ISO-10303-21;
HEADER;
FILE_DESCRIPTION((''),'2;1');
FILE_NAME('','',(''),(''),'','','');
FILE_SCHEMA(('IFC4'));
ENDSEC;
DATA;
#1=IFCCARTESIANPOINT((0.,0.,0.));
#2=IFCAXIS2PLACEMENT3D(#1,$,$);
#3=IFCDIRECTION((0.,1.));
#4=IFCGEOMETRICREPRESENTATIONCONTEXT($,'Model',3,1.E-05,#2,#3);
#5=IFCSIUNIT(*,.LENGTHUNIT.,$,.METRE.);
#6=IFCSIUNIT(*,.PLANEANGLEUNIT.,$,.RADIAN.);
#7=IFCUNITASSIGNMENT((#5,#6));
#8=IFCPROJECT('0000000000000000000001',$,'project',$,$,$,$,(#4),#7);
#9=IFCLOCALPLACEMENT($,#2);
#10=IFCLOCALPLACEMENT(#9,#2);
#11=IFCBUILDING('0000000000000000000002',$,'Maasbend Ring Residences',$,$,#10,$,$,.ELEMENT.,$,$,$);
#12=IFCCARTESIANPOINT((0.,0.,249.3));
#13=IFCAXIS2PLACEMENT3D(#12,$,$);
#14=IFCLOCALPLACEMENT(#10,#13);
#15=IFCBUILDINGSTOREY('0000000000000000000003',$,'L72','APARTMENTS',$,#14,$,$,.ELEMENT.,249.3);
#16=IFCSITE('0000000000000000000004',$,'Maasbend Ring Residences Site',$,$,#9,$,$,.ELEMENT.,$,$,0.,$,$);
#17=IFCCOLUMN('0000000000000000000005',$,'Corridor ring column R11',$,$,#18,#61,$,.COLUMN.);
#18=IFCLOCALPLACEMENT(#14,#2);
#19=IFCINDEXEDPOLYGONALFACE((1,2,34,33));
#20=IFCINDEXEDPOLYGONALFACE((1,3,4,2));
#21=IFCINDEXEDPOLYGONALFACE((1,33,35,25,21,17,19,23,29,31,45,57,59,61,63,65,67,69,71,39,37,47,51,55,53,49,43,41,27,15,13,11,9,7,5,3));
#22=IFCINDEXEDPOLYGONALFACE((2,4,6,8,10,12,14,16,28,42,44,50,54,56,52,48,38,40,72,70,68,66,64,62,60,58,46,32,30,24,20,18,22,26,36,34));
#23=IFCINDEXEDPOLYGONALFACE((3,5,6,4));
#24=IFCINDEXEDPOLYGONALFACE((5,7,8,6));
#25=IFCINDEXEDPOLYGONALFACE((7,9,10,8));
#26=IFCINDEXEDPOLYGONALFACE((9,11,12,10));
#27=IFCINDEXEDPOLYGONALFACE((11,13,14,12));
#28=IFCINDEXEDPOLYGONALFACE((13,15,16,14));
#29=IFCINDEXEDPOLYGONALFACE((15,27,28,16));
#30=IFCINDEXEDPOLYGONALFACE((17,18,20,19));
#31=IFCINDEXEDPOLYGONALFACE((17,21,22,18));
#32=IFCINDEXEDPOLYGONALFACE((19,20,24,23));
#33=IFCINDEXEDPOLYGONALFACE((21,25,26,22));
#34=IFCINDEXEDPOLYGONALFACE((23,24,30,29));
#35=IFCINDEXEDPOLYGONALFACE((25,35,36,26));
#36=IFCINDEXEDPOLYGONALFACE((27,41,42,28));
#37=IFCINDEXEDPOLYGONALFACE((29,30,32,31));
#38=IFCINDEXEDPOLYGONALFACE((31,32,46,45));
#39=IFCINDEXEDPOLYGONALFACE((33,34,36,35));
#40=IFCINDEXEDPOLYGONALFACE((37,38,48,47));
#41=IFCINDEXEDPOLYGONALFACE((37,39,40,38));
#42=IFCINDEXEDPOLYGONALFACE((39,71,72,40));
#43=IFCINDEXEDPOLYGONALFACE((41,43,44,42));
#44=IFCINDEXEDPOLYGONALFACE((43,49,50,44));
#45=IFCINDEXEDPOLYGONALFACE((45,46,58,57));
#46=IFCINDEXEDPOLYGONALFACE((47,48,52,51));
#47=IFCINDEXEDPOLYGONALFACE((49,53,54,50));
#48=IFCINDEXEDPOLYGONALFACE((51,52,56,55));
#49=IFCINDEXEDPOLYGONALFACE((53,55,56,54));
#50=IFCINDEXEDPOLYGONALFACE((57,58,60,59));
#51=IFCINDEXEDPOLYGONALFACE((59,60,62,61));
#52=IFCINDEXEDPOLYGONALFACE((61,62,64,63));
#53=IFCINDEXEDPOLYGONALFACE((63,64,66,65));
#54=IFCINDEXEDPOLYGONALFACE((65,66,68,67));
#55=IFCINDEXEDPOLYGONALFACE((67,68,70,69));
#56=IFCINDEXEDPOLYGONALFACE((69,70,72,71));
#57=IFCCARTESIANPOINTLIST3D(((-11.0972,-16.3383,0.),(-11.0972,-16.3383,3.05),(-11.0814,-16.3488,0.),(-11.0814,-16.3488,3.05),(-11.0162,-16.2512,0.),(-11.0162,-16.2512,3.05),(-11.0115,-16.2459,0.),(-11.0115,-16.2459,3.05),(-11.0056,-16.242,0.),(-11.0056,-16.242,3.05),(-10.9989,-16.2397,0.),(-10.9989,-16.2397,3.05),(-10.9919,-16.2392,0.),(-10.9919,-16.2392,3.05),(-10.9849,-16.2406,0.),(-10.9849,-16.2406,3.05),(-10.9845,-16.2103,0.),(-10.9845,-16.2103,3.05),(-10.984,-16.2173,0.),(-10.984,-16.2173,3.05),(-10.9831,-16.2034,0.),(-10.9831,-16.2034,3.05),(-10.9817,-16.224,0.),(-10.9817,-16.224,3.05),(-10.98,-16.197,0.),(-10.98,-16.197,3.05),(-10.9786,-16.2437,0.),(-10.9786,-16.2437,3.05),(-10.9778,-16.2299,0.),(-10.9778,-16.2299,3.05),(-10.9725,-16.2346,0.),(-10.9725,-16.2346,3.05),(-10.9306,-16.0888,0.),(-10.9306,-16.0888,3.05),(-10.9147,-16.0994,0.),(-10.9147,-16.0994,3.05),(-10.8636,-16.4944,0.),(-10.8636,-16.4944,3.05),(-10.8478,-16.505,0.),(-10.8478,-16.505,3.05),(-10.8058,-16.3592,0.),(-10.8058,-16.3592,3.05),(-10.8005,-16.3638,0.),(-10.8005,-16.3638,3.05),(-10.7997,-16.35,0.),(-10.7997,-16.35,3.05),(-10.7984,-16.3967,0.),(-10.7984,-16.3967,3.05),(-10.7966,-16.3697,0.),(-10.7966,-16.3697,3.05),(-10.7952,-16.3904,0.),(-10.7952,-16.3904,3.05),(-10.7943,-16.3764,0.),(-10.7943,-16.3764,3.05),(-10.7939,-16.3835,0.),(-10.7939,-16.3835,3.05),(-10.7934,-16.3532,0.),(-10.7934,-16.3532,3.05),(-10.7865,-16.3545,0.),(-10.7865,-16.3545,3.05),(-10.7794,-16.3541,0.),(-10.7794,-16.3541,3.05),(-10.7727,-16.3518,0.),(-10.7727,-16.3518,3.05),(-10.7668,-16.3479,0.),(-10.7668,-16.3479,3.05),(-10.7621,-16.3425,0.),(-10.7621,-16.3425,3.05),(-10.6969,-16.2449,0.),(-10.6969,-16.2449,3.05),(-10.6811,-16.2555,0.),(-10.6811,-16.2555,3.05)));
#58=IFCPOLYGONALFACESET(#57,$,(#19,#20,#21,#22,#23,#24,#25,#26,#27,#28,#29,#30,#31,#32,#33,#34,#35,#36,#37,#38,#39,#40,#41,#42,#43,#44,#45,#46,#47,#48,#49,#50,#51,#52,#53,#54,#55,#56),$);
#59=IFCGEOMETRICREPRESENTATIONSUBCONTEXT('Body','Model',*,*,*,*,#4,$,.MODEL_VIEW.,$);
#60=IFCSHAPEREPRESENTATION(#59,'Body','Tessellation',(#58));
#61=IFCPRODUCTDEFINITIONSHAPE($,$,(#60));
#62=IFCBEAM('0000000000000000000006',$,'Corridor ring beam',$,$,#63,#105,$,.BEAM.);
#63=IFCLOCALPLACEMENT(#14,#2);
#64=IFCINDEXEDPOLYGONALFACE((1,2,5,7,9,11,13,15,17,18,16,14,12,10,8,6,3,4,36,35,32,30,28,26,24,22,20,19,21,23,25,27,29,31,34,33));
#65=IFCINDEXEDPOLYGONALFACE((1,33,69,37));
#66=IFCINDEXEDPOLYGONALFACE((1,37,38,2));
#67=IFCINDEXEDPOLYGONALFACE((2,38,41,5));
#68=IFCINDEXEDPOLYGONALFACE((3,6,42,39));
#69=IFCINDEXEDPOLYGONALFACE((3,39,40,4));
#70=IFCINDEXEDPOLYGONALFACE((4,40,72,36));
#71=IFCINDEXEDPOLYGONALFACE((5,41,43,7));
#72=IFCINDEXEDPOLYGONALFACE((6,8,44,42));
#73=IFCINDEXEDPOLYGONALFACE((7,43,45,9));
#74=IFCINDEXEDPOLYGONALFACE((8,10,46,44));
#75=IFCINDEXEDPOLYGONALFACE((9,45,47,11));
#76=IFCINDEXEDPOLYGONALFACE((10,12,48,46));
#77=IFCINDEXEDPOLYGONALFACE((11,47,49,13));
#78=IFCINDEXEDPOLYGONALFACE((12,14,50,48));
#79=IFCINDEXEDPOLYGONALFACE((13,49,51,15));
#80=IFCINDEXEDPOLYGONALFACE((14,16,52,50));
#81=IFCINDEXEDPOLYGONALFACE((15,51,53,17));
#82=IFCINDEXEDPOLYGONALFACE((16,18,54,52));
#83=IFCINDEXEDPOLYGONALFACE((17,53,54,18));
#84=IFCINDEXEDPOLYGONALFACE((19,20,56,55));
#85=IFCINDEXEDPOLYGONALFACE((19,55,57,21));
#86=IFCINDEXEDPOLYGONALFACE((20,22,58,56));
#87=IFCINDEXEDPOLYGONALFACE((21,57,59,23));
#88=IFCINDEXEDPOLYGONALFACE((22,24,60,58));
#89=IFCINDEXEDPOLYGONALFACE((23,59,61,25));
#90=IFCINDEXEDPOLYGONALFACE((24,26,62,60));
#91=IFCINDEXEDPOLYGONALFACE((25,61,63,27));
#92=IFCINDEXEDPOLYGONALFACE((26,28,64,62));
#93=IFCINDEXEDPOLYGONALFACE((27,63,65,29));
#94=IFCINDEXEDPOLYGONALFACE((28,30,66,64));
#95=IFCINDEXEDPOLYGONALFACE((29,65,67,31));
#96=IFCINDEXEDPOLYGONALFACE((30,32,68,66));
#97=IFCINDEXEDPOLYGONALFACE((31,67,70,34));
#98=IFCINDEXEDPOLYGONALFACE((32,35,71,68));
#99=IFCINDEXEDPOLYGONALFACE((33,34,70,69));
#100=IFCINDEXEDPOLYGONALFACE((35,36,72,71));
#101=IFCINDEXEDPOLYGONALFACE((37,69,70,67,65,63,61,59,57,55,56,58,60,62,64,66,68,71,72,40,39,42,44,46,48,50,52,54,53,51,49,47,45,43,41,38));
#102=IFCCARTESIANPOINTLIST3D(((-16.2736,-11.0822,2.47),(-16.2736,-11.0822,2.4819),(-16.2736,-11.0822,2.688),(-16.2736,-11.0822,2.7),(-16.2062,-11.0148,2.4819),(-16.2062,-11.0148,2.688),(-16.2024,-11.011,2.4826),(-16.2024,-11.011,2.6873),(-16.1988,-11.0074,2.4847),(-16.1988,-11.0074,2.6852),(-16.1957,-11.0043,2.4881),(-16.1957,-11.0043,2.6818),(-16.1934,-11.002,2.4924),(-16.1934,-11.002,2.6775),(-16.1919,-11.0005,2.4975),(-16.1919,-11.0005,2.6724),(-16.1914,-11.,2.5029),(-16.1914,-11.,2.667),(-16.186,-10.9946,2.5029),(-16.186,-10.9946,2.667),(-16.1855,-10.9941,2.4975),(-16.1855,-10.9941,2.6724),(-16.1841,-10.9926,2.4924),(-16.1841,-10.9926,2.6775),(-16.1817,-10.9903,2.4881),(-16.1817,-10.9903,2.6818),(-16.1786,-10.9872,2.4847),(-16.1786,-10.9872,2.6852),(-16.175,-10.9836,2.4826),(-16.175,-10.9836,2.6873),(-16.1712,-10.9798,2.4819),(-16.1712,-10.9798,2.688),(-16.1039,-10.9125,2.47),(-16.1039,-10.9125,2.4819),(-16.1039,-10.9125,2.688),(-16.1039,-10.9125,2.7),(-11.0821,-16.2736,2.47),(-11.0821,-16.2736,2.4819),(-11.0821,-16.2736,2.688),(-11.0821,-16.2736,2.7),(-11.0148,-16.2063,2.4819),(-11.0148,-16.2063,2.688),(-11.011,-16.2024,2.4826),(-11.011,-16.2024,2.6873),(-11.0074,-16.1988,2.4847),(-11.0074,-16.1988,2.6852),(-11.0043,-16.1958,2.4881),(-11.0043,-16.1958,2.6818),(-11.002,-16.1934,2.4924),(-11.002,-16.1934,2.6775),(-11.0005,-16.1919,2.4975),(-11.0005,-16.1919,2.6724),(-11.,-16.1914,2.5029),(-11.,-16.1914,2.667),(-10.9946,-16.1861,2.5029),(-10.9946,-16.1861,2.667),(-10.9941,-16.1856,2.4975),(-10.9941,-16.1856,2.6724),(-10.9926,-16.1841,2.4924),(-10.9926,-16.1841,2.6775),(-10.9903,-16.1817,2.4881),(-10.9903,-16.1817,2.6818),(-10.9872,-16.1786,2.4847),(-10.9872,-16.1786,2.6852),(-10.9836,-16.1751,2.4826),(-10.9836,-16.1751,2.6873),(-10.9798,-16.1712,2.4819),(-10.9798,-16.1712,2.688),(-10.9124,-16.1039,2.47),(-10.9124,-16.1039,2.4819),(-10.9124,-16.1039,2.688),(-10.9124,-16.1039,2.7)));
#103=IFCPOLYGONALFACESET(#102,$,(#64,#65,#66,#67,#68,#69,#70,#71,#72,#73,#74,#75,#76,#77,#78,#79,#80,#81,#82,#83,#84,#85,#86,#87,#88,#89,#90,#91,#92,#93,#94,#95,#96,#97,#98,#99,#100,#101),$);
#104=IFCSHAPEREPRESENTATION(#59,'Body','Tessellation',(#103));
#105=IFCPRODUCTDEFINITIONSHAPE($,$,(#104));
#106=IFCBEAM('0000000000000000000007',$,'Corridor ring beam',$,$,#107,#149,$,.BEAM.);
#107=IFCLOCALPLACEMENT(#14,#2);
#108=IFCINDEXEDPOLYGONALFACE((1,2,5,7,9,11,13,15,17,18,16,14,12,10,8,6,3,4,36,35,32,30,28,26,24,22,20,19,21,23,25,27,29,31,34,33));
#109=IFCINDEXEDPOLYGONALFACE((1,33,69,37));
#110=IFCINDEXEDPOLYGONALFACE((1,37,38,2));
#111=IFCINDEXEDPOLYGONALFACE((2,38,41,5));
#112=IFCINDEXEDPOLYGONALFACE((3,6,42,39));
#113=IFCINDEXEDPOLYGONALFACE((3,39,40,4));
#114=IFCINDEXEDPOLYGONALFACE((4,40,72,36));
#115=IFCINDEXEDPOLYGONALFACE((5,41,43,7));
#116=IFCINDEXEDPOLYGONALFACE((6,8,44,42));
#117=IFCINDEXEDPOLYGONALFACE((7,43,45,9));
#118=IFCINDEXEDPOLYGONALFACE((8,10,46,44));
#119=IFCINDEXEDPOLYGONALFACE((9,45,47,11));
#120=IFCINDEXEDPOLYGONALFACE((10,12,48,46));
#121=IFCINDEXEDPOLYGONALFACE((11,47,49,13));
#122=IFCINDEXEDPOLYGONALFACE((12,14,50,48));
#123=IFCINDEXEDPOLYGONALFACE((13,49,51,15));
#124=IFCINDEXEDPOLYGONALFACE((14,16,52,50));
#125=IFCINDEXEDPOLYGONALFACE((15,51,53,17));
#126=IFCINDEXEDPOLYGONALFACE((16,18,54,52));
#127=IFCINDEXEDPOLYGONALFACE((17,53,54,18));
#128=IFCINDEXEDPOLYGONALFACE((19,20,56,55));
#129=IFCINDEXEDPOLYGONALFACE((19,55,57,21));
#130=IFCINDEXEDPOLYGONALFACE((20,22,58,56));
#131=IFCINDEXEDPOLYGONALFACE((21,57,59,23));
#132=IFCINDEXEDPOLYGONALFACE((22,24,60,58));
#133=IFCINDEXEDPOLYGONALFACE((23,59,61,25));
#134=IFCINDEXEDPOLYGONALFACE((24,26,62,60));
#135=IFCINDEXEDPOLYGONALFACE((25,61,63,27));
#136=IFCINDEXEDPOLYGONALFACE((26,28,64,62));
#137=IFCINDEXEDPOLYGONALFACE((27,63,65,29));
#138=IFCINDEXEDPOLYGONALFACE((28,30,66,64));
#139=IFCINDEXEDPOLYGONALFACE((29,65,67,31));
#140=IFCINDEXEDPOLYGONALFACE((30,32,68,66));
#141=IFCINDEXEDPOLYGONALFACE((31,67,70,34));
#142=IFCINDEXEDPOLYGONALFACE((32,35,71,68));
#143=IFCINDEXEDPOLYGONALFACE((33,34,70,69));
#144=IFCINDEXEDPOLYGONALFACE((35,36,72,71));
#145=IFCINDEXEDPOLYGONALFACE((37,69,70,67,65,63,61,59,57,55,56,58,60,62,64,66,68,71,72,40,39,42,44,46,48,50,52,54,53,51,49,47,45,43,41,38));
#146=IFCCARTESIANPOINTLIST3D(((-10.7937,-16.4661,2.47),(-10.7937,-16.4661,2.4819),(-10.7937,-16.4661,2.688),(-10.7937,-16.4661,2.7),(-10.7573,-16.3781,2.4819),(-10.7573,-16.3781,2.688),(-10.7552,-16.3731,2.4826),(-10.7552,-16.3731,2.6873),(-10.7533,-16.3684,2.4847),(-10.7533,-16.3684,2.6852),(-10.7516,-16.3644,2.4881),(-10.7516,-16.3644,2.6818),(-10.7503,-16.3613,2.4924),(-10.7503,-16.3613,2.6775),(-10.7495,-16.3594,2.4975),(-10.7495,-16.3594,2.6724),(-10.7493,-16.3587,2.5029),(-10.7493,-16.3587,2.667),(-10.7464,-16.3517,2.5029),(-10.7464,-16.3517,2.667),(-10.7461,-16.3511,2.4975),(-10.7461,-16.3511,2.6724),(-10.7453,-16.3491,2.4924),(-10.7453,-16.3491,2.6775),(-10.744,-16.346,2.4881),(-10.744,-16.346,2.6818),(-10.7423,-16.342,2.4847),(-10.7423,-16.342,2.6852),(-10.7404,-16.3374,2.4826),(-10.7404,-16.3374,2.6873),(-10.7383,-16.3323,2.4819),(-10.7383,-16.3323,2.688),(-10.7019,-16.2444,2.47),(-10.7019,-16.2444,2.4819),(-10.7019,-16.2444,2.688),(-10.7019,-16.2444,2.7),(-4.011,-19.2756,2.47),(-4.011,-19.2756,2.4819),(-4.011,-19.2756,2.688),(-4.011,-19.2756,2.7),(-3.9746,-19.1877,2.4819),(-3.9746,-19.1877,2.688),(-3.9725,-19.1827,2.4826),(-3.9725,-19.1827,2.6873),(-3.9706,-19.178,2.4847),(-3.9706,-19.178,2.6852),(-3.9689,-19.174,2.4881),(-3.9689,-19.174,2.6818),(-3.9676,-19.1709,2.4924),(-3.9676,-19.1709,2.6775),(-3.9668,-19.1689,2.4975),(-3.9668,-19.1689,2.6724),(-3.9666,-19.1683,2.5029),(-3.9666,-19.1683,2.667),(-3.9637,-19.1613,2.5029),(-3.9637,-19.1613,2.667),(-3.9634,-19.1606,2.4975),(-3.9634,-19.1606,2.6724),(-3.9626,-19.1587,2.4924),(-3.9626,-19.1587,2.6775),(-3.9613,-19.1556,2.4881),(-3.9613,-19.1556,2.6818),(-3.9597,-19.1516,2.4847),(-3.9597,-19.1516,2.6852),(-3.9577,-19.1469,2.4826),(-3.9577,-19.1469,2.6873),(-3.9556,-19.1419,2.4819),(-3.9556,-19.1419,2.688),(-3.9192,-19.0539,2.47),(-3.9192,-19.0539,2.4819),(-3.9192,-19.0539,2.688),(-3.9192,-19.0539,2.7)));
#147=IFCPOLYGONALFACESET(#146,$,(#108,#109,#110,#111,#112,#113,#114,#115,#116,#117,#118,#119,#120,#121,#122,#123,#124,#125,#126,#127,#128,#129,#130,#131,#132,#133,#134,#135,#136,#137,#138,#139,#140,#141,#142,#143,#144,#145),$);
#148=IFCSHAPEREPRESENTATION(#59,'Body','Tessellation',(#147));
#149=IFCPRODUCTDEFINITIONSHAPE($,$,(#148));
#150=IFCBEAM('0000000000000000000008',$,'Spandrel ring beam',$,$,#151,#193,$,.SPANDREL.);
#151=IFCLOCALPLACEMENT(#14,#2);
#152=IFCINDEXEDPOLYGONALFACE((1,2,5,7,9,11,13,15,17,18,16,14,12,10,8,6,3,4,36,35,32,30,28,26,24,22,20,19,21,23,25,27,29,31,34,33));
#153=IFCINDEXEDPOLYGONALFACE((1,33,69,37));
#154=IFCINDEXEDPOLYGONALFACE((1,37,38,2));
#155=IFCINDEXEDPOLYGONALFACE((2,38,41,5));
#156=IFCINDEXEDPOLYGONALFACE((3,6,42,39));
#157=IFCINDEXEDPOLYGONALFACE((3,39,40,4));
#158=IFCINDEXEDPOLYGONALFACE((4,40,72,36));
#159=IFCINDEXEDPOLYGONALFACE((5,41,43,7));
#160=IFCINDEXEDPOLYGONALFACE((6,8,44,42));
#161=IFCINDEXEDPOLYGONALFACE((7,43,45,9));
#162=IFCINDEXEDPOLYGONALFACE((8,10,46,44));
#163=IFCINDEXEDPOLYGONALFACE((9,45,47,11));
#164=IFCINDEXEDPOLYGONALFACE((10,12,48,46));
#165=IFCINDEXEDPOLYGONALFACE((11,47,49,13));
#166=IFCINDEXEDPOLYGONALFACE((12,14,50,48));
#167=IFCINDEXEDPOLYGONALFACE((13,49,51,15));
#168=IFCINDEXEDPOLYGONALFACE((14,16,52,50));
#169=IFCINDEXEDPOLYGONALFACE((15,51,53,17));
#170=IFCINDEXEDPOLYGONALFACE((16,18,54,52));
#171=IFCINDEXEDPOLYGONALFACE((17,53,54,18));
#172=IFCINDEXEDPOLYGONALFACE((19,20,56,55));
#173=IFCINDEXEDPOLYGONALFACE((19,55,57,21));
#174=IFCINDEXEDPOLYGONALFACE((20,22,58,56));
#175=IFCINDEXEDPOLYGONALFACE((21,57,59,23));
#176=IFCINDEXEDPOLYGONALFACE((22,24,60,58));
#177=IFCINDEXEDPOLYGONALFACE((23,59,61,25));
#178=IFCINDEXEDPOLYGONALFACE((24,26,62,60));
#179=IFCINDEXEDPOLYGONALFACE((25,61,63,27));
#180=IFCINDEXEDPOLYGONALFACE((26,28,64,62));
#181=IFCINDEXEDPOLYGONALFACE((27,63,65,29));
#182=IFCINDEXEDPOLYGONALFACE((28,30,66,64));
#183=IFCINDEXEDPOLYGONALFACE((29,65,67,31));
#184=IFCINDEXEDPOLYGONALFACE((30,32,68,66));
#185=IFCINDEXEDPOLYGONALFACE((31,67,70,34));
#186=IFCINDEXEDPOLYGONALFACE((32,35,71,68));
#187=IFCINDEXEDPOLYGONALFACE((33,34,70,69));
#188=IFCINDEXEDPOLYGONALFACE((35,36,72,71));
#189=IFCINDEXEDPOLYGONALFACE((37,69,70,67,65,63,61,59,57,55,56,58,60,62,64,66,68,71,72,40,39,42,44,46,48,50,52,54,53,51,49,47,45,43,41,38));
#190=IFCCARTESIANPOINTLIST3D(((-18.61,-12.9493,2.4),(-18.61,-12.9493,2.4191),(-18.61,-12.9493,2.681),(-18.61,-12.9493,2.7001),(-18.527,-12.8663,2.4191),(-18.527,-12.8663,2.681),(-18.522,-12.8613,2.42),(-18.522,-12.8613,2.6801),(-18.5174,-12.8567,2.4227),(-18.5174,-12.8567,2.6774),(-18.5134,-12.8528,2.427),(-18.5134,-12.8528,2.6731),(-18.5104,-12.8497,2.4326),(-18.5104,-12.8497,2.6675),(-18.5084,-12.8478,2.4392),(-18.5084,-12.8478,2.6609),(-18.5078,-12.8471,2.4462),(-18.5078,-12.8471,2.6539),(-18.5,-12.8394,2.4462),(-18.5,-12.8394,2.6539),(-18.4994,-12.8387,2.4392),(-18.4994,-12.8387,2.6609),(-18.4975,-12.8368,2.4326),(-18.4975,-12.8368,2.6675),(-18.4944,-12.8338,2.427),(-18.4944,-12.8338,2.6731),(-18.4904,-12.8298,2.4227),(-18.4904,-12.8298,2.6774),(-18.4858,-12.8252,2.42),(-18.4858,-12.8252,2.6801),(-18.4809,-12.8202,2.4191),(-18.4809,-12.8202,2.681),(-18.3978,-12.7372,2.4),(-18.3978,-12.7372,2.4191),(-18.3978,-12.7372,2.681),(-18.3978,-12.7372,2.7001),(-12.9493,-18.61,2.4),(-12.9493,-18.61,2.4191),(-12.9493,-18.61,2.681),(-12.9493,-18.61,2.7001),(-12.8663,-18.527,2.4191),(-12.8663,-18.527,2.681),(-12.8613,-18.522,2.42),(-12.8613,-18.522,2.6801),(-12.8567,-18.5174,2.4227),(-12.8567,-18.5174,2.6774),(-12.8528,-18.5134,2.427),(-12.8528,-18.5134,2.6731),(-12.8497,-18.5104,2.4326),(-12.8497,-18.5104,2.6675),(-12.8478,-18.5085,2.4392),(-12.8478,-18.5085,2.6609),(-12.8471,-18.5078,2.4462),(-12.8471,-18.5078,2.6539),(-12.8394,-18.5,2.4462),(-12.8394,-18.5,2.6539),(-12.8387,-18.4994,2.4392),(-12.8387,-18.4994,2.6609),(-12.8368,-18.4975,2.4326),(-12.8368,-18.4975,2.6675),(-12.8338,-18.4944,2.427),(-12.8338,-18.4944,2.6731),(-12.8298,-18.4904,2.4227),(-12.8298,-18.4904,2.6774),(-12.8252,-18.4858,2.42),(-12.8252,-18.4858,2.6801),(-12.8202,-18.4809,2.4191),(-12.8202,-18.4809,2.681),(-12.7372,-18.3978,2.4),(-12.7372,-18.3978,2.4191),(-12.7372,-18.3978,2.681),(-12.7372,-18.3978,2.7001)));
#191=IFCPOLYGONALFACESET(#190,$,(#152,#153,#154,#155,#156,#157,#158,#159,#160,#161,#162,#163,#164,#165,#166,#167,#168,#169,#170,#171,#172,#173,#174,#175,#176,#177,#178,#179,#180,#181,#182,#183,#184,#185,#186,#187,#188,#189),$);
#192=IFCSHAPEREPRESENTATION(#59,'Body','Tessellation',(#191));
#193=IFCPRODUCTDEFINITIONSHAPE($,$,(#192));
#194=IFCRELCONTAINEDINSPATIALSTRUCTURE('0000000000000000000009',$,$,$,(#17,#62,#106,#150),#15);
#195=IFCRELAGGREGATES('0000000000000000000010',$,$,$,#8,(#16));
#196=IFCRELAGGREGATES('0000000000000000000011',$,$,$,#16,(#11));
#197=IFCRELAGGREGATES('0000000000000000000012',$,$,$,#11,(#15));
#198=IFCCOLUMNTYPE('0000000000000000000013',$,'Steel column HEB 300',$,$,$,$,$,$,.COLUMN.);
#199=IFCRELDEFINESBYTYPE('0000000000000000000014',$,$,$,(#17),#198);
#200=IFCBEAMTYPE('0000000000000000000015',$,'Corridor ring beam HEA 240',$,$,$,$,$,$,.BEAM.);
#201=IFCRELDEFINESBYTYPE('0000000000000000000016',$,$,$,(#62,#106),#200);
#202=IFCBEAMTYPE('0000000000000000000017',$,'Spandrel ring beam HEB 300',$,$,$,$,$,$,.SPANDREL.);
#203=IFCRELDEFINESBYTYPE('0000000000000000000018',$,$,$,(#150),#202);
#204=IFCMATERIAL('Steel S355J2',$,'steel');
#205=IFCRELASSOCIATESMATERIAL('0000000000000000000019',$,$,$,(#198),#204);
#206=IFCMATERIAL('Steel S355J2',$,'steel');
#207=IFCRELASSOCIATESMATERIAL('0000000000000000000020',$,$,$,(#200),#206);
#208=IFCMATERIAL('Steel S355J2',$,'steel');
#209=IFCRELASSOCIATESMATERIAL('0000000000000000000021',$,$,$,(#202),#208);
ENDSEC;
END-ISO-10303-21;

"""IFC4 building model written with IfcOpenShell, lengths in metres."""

from ifc_helpers import new_model, si_unit, direction, frame, origin, origin_2d, place, context, subcontext, project, spatial, i_section, extrude, material, material_profile, profile_set, type_object, element, save


model = new_model("IFC4")

# Units and contexts
model_context = context("Model", 3, precision=1e-05, world=origin(), true_north=direction((0.0, 1.0)))
body_context = subcontext(model_context, "Body", "Model", "MODEL_VIEW")
ifc_project = project(units=[si_unit("LENGTHUNIT", "METRE"), si_unit("PLANEANGLEUNIT", "RADIAN")], contexts=[model_context])

# Site, building, storey
site_placement = place(None, origin())
site = spatial("IfcSite", under=ifc_project, at=site_placement, Name="Maasbend Ring Residences Site", CompositionType="ELEMENT", RefElevation=0.0)
building_placement = place(site_placement, origin())
building = spatial("IfcBuilding", under=site, at=building_placement, Name="Maasbend Ring Residences", CompositionType="ELEMENT")
storey_placement = place(building_placement, frame((0.0, 0.0, 249.3)))
storey = spatial("IfcBuildingStorey", under=building, at=storey_placement, Name="L72", Description="APARTMENTS", CompositionType="ELEMENT", Elevation=249.3)

# Column
ifc_material_1 = material(Name="Steel S355J2", Category="steel")
ifc_material_profile_1 = material_profile(ifc_material_1, i_section(OverallWidth=0.3, OverallDepth=0.3, WebThickness=0.011, FlangeThickness=0.019, FilletRadius=0.0271, at=origin_2d()), Name="HEB 300")
ifc_profile_set_1 = profile_set([ifc_material_profile_1], Name="Steel S355J2")
column_type_1 = type_object("IfcColumnType", Name="Steel column HEB 300", PredefinedType="COLUMN", material=ifc_profile_set_1)
for number, where, z_axis, x_axis, name in (
    (1, (-10.8892, -16.2969, 0.0), (0.0, 0.0, 1.0), (-0.55557, -0.83147, 0.0), "Corridor ring column R11"),
):
    element("IfcColumn", number, at=place(storey_placement, frame(where, z_axis=z_axis, x_axis=x_axis)), inside=storey, type_object=column_type_1, Name=name, PredefinedType="COLUMN", context=body_context, shape_type="SweptSolid", body=[
        extrude(i_section(OverallWidth=0.3, OverallDepth=0.3, WebThickness=0.011, FlangeThickness=0.019, FilletRadius=0.0271, at=origin_2d()), origin(), (0.0, 0.0, 1.0), 3.05),
    ])

# Beams
ifc_material_2 = material(Name="Steel S355J2", Category="steel")
ifc_material_profile_2 = material_profile(ifc_material_2, i_section(OverallWidth=0.24, OverallDepth=0.23, WebThickness=0.0076, FlangeThickness=0.012, FilletRadius=0.021, at=origin_2d()), Name="HEA 240")
ifc_profile_set_2 = profile_set([ifc_material_profile_2], Name="Steel S355J2")
beam_type_1 = type_object("IfcBeamType", Name="Corridor ring beam HEA 240", PredefinedType="BEAM", material=ifc_profile_set_2)
beam_1_placement = place(storey_placement, frame((-16.1887, -10.9973, 2.585), z_axis=(0.707107, -0.707107, 0.0), x_axis=(0.707107, 0.707107, 0.0)))
element("IfcBeam", 2, at=beam_1_placement, inside=storey, type_object=beam_type_1, Name="Corridor ring beam", PredefinedType="BEAM", context=body_context, shape_type="SweptSolid", body=[
    extrude(i_section(OverallWidth=0.24, OverallDepth=0.23, WebThickness=0.0076, FlangeThickness=0.012, FilletRadius=0.021, at=origin_2d()), origin(), (0.0, 0.0, 1.0), 7.3418),
])
beam_2_placement = place(storey_placement, frame((-10.7478, -16.3552, 2.585), z_axis=(0.923876, -0.382692, 0.0), x_axis=(0.382692, 0.923876, 0.0)))
element("IfcBeam", 3, at=beam_2_placement, inside=storey, type_object=beam_type_1, Name="Corridor ring beam", PredefinedType="BEAM", context=body_context, shape_type="SweptSolid", body=[
    extrude(i_section(OverallWidth=0.24, OverallDepth=0.23, WebThickness=0.0076, FlangeThickness=0.012, FilletRadius=0.021, at=origin_2d()), origin(), (0.0, 0.0, 1.0), 7.3416),
])
ifc_material_3 = material(Name="Steel S355J2", Category="steel")
ifc_material_profile_3 = material_profile(ifc_material_3, i_section(OverallWidth=0.3, OverallDepth=0.3, WebThickness=0.011, FlangeThickness=0.019, FilletRadius=0.0271, at=origin_2d()), Name="HEB 300")
ifc_profile_set_3 = profile_set([ifc_material_profile_3], Name="Steel S355J2")
beam_type_2 = type_object("IfcBeamType", Name="Spandrel ring beam HEB 300", PredefinedType="SPANDREL", material=ifc_profile_set_3)
beam_3_placement = place(storey_placement, frame((-18.5039, -12.8433, 2.55), z_axis=(0.707107, -0.707107, 0.0), x_axis=(0.707107, 0.707107, 0.0)))
element("IfcBeam", 4, at=beam_3_placement, inside=storey, type_object=beam_type_2, Name="Spandrel ring beam", PredefinedType="SPANDREL", context=body_context, shape_type="SweptSolid", body=[
    extrude(i_section(OverallWidth=0.3, OverallDepth=0.3, WebThickness=0.011, FlangeThickness=0.019, FilletRadius=0.0271, at=origin_2d()), origin(), (0.0, 0.0, 1.0), 8.0054),
])

save(model, "model.ifc")
